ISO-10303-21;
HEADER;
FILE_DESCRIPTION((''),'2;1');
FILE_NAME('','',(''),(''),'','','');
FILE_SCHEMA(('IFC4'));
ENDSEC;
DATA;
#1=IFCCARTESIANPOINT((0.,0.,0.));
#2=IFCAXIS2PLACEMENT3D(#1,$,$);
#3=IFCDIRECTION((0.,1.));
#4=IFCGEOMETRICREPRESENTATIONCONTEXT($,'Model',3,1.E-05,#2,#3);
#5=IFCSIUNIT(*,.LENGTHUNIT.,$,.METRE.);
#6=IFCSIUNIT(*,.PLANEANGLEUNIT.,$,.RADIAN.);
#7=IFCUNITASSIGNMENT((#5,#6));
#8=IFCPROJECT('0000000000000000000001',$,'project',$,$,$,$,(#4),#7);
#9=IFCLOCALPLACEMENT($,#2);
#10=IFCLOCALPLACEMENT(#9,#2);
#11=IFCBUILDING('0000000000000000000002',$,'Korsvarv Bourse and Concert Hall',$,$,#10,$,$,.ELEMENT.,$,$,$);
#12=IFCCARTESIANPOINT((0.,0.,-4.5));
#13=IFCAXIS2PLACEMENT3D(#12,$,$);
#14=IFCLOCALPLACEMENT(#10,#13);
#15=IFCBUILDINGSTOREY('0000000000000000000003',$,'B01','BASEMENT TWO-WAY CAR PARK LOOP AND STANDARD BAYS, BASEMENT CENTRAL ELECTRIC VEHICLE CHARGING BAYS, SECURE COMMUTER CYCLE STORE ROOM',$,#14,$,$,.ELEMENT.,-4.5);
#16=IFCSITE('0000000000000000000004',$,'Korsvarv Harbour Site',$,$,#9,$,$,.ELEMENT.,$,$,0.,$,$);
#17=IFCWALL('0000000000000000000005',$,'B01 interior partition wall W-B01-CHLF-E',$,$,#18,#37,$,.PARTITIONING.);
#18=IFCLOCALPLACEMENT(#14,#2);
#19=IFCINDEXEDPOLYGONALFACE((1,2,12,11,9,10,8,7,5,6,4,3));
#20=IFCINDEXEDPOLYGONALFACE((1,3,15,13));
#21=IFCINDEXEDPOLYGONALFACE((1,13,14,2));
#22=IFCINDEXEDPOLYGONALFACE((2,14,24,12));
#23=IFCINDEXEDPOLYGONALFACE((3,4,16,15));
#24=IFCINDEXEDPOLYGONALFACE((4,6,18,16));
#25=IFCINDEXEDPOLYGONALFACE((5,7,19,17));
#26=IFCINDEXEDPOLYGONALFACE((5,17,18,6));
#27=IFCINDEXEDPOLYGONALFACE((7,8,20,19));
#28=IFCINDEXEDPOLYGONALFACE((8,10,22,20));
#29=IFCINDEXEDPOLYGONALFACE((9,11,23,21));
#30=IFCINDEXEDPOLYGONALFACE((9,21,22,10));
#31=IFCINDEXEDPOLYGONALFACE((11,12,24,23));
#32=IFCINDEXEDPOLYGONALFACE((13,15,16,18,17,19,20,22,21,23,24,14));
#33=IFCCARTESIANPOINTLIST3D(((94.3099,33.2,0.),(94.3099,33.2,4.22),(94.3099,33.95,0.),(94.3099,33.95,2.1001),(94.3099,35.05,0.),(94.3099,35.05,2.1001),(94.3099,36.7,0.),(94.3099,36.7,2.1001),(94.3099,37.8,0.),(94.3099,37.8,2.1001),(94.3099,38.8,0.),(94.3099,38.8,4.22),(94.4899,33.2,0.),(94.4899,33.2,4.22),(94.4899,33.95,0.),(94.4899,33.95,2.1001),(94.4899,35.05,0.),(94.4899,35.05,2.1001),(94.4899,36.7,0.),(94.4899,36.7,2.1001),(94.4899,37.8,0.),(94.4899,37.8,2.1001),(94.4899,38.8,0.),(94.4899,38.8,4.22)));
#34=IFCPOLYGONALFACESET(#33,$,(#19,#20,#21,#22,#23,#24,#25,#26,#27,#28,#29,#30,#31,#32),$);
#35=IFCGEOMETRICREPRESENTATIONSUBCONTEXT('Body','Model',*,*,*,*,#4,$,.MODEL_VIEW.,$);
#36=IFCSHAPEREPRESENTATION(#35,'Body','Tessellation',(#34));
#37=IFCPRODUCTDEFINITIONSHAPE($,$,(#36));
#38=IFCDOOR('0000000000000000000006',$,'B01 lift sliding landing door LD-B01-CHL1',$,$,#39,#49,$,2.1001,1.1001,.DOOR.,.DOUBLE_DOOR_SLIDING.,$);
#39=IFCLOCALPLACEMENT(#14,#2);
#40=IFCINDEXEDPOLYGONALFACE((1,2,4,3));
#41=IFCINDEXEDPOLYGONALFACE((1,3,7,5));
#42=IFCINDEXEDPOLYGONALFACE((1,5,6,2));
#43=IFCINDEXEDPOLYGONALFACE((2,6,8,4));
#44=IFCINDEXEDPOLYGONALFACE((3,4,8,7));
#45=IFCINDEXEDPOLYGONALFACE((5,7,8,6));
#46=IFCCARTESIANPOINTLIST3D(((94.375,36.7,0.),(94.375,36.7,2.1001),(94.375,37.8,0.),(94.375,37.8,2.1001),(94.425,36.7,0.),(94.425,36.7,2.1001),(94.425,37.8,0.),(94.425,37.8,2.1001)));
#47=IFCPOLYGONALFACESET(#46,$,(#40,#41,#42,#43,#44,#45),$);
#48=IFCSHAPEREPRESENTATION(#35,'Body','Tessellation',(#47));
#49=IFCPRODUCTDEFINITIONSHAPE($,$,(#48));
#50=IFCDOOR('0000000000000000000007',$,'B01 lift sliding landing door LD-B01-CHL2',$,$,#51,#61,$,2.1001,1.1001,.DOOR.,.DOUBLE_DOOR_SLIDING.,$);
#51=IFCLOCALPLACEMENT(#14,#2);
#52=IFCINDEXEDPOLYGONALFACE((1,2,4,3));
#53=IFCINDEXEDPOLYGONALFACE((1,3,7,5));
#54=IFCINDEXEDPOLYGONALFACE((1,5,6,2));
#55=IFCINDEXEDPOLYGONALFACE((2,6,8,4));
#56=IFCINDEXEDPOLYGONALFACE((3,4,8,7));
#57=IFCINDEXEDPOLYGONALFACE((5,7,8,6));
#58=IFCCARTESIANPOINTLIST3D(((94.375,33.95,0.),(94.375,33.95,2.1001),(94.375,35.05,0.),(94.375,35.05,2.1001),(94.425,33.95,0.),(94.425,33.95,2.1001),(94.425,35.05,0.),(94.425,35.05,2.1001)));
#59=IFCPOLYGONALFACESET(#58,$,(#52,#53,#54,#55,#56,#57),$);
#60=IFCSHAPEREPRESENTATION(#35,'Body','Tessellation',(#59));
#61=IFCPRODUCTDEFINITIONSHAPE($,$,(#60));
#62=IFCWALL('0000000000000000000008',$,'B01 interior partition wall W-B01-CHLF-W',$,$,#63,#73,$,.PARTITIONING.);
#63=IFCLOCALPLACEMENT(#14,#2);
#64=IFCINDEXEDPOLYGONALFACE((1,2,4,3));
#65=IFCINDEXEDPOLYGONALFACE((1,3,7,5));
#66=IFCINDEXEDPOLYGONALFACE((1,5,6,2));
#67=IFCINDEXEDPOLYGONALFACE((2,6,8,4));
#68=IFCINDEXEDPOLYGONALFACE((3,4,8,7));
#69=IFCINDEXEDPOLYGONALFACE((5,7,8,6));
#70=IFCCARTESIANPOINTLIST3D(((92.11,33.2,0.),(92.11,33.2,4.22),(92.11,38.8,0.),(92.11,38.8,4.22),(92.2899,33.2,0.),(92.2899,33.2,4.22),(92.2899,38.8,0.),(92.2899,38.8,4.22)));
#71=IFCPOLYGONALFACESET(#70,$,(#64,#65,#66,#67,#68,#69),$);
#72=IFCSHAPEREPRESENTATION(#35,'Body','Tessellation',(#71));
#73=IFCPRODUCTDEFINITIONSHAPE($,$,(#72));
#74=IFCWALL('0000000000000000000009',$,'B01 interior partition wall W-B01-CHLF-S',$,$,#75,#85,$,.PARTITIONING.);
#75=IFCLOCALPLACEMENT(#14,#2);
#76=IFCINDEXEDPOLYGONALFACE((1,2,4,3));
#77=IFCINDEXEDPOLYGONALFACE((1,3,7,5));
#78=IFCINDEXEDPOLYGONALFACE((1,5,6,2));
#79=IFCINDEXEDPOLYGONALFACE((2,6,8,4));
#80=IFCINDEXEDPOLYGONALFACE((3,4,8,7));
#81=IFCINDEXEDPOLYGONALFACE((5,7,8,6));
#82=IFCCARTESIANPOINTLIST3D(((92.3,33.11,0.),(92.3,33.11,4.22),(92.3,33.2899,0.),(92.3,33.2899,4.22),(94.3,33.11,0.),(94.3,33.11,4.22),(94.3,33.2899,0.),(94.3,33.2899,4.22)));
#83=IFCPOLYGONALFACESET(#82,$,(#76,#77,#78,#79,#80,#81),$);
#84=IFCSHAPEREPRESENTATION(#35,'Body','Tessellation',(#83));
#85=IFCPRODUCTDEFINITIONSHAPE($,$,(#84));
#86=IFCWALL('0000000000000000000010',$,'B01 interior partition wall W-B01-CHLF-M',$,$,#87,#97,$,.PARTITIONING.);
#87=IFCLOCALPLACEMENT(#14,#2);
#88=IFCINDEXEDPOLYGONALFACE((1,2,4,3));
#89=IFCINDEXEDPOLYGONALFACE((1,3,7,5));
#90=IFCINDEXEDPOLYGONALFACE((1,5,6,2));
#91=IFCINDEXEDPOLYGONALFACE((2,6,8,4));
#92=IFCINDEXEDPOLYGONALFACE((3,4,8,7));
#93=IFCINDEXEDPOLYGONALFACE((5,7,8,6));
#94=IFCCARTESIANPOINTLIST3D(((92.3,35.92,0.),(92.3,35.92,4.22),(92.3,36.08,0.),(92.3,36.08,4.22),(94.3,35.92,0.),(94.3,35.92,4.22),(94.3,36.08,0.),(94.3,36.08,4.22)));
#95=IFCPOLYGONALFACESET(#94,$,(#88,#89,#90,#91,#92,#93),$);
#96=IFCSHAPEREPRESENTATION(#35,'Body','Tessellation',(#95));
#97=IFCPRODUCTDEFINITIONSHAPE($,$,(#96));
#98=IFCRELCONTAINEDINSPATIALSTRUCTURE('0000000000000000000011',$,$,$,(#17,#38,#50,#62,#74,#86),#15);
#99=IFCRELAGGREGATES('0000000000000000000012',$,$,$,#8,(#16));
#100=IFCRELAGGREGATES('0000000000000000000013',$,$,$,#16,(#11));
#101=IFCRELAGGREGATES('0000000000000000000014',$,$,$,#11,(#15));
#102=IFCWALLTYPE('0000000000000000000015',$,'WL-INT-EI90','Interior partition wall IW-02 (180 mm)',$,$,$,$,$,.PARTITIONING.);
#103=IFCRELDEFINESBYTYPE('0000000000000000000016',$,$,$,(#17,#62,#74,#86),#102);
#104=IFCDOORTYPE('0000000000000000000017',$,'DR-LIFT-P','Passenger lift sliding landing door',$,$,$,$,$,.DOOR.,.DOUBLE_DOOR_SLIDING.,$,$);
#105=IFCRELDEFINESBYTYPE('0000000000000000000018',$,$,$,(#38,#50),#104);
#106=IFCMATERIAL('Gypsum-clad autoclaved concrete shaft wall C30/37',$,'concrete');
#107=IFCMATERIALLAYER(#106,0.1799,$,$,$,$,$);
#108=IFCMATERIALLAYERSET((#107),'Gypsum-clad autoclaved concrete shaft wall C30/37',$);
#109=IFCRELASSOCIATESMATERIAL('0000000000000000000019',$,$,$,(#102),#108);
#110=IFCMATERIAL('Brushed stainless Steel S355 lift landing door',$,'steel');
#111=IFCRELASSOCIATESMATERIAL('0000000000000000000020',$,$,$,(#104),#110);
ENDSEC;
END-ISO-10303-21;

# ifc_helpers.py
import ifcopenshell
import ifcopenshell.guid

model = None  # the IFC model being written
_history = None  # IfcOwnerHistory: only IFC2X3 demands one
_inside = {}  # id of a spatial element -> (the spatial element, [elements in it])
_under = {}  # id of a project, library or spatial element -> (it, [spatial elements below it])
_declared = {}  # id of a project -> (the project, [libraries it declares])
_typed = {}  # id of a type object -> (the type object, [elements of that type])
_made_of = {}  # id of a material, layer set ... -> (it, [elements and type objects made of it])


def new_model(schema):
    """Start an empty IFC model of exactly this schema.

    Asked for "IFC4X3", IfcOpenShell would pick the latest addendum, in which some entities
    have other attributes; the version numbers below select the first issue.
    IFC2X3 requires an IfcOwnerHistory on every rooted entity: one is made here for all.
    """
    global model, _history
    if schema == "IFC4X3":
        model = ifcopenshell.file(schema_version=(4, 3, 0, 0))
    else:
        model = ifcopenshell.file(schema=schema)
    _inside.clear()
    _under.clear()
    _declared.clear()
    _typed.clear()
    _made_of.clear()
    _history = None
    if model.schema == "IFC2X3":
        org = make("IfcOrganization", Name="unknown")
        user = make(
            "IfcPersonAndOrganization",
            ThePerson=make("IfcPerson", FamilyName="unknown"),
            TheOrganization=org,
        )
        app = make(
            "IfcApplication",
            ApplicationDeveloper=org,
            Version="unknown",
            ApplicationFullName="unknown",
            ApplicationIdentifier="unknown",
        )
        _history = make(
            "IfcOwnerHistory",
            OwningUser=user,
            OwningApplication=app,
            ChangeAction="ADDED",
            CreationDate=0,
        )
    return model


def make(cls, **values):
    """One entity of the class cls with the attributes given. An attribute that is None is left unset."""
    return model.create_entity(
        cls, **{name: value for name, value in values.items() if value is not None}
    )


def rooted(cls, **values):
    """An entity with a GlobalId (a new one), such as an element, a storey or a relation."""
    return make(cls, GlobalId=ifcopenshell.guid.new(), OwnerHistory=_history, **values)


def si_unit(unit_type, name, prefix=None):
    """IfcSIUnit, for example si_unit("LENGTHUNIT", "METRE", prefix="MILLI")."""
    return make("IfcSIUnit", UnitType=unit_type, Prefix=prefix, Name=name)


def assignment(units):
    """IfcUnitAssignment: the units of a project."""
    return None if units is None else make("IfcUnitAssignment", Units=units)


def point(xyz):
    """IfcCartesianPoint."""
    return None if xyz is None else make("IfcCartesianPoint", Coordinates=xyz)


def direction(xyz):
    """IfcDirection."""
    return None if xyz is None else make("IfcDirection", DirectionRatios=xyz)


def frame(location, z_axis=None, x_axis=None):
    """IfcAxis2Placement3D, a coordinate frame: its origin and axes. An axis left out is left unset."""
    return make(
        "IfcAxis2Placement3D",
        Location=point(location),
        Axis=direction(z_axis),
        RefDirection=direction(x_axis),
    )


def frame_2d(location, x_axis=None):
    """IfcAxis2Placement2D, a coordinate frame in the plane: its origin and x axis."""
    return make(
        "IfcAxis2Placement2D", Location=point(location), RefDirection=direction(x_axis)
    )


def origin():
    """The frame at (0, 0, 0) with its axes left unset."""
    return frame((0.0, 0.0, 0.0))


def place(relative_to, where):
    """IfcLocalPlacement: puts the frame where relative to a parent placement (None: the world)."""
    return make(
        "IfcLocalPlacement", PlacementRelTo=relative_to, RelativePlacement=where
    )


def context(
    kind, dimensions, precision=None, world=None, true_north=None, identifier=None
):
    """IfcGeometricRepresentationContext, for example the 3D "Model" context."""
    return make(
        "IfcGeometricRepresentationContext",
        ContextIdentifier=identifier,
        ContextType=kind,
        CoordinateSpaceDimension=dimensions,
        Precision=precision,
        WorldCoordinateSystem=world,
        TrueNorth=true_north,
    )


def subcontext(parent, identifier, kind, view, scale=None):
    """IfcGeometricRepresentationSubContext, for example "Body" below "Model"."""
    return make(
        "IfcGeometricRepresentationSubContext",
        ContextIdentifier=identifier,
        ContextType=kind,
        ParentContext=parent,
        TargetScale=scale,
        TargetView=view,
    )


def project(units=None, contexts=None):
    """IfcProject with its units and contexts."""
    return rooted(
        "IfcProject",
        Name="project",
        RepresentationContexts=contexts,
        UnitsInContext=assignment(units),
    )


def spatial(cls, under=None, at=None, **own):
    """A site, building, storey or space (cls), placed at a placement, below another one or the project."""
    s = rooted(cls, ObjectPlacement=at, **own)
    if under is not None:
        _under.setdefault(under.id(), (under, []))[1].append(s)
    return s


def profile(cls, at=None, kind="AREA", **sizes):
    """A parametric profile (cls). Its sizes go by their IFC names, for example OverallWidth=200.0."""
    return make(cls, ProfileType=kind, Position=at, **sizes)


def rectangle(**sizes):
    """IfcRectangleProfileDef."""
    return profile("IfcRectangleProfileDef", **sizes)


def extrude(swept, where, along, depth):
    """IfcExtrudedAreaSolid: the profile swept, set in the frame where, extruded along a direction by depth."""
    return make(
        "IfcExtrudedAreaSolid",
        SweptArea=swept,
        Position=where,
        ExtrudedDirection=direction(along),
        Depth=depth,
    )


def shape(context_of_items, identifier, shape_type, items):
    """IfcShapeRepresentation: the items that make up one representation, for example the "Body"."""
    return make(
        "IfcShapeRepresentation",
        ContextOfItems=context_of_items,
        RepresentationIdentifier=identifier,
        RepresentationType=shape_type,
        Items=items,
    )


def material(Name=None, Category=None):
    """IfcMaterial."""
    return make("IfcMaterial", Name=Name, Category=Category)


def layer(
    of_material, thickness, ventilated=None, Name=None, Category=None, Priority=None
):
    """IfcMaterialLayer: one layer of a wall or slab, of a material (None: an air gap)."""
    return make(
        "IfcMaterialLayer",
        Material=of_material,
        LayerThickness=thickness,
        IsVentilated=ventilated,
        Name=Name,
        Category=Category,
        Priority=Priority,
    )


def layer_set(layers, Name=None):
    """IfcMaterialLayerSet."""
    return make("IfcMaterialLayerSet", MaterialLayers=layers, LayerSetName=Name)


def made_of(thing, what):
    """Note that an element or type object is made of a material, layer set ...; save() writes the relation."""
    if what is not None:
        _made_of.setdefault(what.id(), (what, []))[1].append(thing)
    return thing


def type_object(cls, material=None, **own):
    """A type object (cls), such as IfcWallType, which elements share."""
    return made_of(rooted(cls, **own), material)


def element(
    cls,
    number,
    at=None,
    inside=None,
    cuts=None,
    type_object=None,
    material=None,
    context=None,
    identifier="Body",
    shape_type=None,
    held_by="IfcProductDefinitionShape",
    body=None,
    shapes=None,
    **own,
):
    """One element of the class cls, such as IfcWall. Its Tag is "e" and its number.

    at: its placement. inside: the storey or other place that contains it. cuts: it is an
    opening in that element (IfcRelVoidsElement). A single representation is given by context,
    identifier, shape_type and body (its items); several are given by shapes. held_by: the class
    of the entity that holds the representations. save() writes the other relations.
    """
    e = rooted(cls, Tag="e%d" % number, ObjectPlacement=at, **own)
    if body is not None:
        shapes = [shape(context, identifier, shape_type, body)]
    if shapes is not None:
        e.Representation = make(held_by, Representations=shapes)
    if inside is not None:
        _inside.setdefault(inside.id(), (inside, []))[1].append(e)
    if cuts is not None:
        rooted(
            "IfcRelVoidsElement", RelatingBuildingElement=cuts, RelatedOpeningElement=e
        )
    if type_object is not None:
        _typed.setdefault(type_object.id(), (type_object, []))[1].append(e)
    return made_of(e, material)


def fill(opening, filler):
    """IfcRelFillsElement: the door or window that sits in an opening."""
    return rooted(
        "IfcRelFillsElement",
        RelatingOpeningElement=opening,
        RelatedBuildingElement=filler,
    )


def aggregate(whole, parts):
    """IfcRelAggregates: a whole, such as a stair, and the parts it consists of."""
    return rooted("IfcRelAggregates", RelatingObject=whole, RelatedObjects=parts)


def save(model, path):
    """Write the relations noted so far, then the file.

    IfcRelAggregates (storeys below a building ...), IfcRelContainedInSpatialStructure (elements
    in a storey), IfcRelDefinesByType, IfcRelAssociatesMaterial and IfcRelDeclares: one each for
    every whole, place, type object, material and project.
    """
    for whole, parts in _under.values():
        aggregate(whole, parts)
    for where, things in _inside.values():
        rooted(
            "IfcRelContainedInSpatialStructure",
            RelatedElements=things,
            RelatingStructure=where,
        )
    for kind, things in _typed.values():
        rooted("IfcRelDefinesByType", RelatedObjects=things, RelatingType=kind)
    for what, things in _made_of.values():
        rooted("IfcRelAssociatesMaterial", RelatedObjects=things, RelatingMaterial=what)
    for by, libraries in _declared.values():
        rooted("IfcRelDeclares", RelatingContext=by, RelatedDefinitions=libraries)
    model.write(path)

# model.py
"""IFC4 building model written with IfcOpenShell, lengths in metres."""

from ifc_helpers import new_model, si_unit, direction, frame, frame_2d, origin, place, context, subcontext, project, spatial, rectangle, extrude, material, layer, layer_set, type_object, element, fill, save


model = new_model("IFC4")

# Units and contexts
model_context = context("Model", 3, precision=1e-05, world=origin(), true_north=direction((0.0, 1.0)))
body_context = subcontext(model_context, "Body", "Model", "MODEL_VIEW")
ifc_project = project(units=[si_unit("LENGTHUNIT", "METRE"), si_unit("PLANEANGLEUNIT", "RADIAN")], contexts=[model_context])

# Site, building, storey
site_placement = place(None, origin())
site = spatial("IfcSite", under=ifc_project, at=site_placement, Name="Korsvarv Harbour Site", CompositionType="ELEMENT", RefElevation=0.0)
building_placement = place(site_placement, origin())
building = spatial("IfcBuilding", under=site, at=building_placement, Name="Korsvarv Bourse and Concert Hall", CompositionType="ELEMENT")
storey_placement = place(building_placement, frame((0.0, 0.0, -4.5)))
storey = spatial("IfcBuildingStorey", under=building, at=storey_placement, Name="B01", Description="BASEMENT TWO-WAY CAR PARK LOOP AND STANDARD BAYS, BASEMENT CENTRAL ELECTRIC VEHICLE CHARGING BAYS, SECURE COMMUTER CYCLE STORE ROOM", CompositionType="ELEMENT", Elevation=-4.5)

# Wall, openings, doors
ifc_material_1 = material(Name="Gypsum-clad autoclaved concrete shaft wall C30/37", Category="concrete")
ifc_layer_1 = layer(ifc_material_1, 0.1799)
ifc_layer_set_1 = layer_set([ifc_layer_1], Name="Gypsum-clad autoclaved concrete shaft wall C30/37")
wall_type_1 = type_object("IfcWallType", Name="WL-INT-EI90", Description="Interior partition wall IW-02 (180 mm)", PredefinedType="PARTITIONING", material=ifc_layer_set_1)
wall_1_placement = place(storey_placement, frame((94.3999, 33.2, 0.0), z_axis=(0.0, 0.0, 1.0), x_axis=(0.0, 1.0, 0.0)))
wall_1 = element("IfcWall", 1, at=wall_1_placement, inside=storey, type_object=wall_type_1, Name="B01 interior partition wall W-B01-CHLF-E", PredefinedType="PARTITIONING", context=body_context, shape_type="SweptSolid", body=[
    extrude(rectangle(XDim=5.6001, YDim=0.1799, at=frame_2d((2.8, 0.0))), origin(), (0.0, 0.0, 1.0), 4.22),
])
opening_1_placement = place(wall_1_placement, frame((3.5, 0.0, 0.0)))
opening_1 = element("IfcOpeningElement", 2, at=opening_1_placement, cuts=wall_1, PredefinedType="OPENING", context=body_context, shape_type="SweptSolid", body=[
    extrude(rectangle(XDim=1.1001, YDim=2.1001, at=frame_2d((0.55, 1.05))), frame((0.0, 0.1001, 0.0), z_axis=(0.0, -1.0, 0.0), x_axis=(1.0, 0.0, 0.0)), (0.0, 0.0, 1.0), 0.2),
])
opening_2_placement = place(wall_1_placement, frame((0.75, 0.0, 0.0)))
opening_2 = element("IfcOpeningElement", 3, at=opening_2_placement, cuts=wall_1, PredefinedType="OPENING", context=body_context, shape_type="SweptSolid", body=[
    extrude(rectangle(XDim=1.1001, YDim=2.1001, at=frame_2d((0.55, 1.05))), frame((0.0, 0.1001, 0.0), z_axis=(0.0, -1.0, 0.0), x_axis=(1.0, 0.0, 0.0)), (0.0, 0.0, 1.0), 0.2),
])
ifc_material_2 = material(Name="Brushed stainless Steel S355 lift landing door", Category="steel")
door_type = type_object("IfcDoorType", Name="DR-LIFT-P", Description="Passenger lift sliding landing door", OperationType="DOUBLE_DOOR_SLIDING", PredefinedType="DOOR", material=ifc_material_2)
door_1_placement = place(opening_1_placement, origin())
door_1 = element("IfcDoor", 4, at=door_1_placement, inside=storey, type_object=door_type, Name="B01 lift sliding landing door LD-B01-CHL1", OperationType="DOUBLE_DOOR_SLIDING", OverallHeight=2.1001, OverallWidth=1.1001, PredefinedType="DOOR", context=body_context, shape_type="SweptSolid", body=[
    extrude(rectangle(XDim=1.1001, YDim=2.1001, at=frame_2d((0.55, 1.05))), frame((0.0, 0.0249, 0.0), z_axis=(0.0, -1.0, 0.0), x_axis=(1.0, 0.0, 0.0)), (0.0, 0.0, 1.0), 0.05),
])
fill(opening_1, door_1)
door_2_placement = place(opening_2_placement, origin())
door_2 = element("IfcDoor", 5, at=door_2_placement, inside=storey, type_object=door_type, Name="B01 lift sliding landing door LD-B01-CHL2", OperationType="DOUBLE_DOOR_SLIDING", OverallHeight=2.1001, OverallWidth=1.1001, PredefinedType="DOOR", context=body_context, shape_type="SweptSolid", body=[
    extrude(rectangle(XDim=1.1001, YDim=2.1001, at=frame_2d((0.55, 1.05))), frame((0.0, 0.0249, 0.0), z_axis=(0.0, -1.0, 0.0), x_axis=(1.0, 0.0, 0.0)), (0.0, 0.0, 1.0), 0.05),
])
fill(opening_2, door_2)

# Walls
wall_2_placement = place(storey_placement, frame((92.2, 33.2, 0.0), z_axis=(0.0, 0.0, 1.0), x_axis=(0.0, 1.0, 0.0)))
element("IfcWall", 6, at=wall_2_placement, inside=storey, type_object=wall_type_1, Name="B01 interior partition wall W-B01-CHLF-W", PredefinedType="PARTITIONING", context=body_context, shape_type="SweptSolid", body=[
    extrude(rectangle(XDim=5.6001, YDim=0.1799, at=frame_2d((2.8, 0.0))), origin(), (0.0, 0.0, 1.0), 4.22),
])
wall_3_placement = place(storey_placement, frame((92.3, 33.2, 0.0), z_axis=(0.0, 0.0, 1.0), x_axis=(1.0, 0.0, 0.0)))
element("IfcWall", 7, at=wall_3_placement, inside=storey, type_object=wall_type_1, Name="B01 interior partition wall W-B01-CHLF-S", PredefinedType="PARTITIONING", context=body_context, shape_type="SweptSolid", body=[
    extrude(rectangle(XDim=2.0, YDim=0.1799, at=frame_2d((1.0, 0.0))), origin(), (0.0, 0.0, 1.0), 4.22),
])
wall_4_placement = place(storey_placement, frame((92.3, 36.0, 0.0), z_axis=(0.0, 0.0, 1.0), x_axis=(1.0, 0.0, 0.0)))
element("IfcWall", 8, at=wall_4_placement, inside=storey, type_object=wall_type_1, Name="B01 interior partition wall W-B01-CHLF-M", PredefinedType="PARTITIONING", context=body_context, shape_type="SweptSolid", body=[
    extrude(rectangle(XDim=2.0, YDim=0.1599, at=frame_2d((1.0, 0.0))), origin(), (0.0, 0.0, 1.0), 4.22),
])

save(model, "model.ifc")
